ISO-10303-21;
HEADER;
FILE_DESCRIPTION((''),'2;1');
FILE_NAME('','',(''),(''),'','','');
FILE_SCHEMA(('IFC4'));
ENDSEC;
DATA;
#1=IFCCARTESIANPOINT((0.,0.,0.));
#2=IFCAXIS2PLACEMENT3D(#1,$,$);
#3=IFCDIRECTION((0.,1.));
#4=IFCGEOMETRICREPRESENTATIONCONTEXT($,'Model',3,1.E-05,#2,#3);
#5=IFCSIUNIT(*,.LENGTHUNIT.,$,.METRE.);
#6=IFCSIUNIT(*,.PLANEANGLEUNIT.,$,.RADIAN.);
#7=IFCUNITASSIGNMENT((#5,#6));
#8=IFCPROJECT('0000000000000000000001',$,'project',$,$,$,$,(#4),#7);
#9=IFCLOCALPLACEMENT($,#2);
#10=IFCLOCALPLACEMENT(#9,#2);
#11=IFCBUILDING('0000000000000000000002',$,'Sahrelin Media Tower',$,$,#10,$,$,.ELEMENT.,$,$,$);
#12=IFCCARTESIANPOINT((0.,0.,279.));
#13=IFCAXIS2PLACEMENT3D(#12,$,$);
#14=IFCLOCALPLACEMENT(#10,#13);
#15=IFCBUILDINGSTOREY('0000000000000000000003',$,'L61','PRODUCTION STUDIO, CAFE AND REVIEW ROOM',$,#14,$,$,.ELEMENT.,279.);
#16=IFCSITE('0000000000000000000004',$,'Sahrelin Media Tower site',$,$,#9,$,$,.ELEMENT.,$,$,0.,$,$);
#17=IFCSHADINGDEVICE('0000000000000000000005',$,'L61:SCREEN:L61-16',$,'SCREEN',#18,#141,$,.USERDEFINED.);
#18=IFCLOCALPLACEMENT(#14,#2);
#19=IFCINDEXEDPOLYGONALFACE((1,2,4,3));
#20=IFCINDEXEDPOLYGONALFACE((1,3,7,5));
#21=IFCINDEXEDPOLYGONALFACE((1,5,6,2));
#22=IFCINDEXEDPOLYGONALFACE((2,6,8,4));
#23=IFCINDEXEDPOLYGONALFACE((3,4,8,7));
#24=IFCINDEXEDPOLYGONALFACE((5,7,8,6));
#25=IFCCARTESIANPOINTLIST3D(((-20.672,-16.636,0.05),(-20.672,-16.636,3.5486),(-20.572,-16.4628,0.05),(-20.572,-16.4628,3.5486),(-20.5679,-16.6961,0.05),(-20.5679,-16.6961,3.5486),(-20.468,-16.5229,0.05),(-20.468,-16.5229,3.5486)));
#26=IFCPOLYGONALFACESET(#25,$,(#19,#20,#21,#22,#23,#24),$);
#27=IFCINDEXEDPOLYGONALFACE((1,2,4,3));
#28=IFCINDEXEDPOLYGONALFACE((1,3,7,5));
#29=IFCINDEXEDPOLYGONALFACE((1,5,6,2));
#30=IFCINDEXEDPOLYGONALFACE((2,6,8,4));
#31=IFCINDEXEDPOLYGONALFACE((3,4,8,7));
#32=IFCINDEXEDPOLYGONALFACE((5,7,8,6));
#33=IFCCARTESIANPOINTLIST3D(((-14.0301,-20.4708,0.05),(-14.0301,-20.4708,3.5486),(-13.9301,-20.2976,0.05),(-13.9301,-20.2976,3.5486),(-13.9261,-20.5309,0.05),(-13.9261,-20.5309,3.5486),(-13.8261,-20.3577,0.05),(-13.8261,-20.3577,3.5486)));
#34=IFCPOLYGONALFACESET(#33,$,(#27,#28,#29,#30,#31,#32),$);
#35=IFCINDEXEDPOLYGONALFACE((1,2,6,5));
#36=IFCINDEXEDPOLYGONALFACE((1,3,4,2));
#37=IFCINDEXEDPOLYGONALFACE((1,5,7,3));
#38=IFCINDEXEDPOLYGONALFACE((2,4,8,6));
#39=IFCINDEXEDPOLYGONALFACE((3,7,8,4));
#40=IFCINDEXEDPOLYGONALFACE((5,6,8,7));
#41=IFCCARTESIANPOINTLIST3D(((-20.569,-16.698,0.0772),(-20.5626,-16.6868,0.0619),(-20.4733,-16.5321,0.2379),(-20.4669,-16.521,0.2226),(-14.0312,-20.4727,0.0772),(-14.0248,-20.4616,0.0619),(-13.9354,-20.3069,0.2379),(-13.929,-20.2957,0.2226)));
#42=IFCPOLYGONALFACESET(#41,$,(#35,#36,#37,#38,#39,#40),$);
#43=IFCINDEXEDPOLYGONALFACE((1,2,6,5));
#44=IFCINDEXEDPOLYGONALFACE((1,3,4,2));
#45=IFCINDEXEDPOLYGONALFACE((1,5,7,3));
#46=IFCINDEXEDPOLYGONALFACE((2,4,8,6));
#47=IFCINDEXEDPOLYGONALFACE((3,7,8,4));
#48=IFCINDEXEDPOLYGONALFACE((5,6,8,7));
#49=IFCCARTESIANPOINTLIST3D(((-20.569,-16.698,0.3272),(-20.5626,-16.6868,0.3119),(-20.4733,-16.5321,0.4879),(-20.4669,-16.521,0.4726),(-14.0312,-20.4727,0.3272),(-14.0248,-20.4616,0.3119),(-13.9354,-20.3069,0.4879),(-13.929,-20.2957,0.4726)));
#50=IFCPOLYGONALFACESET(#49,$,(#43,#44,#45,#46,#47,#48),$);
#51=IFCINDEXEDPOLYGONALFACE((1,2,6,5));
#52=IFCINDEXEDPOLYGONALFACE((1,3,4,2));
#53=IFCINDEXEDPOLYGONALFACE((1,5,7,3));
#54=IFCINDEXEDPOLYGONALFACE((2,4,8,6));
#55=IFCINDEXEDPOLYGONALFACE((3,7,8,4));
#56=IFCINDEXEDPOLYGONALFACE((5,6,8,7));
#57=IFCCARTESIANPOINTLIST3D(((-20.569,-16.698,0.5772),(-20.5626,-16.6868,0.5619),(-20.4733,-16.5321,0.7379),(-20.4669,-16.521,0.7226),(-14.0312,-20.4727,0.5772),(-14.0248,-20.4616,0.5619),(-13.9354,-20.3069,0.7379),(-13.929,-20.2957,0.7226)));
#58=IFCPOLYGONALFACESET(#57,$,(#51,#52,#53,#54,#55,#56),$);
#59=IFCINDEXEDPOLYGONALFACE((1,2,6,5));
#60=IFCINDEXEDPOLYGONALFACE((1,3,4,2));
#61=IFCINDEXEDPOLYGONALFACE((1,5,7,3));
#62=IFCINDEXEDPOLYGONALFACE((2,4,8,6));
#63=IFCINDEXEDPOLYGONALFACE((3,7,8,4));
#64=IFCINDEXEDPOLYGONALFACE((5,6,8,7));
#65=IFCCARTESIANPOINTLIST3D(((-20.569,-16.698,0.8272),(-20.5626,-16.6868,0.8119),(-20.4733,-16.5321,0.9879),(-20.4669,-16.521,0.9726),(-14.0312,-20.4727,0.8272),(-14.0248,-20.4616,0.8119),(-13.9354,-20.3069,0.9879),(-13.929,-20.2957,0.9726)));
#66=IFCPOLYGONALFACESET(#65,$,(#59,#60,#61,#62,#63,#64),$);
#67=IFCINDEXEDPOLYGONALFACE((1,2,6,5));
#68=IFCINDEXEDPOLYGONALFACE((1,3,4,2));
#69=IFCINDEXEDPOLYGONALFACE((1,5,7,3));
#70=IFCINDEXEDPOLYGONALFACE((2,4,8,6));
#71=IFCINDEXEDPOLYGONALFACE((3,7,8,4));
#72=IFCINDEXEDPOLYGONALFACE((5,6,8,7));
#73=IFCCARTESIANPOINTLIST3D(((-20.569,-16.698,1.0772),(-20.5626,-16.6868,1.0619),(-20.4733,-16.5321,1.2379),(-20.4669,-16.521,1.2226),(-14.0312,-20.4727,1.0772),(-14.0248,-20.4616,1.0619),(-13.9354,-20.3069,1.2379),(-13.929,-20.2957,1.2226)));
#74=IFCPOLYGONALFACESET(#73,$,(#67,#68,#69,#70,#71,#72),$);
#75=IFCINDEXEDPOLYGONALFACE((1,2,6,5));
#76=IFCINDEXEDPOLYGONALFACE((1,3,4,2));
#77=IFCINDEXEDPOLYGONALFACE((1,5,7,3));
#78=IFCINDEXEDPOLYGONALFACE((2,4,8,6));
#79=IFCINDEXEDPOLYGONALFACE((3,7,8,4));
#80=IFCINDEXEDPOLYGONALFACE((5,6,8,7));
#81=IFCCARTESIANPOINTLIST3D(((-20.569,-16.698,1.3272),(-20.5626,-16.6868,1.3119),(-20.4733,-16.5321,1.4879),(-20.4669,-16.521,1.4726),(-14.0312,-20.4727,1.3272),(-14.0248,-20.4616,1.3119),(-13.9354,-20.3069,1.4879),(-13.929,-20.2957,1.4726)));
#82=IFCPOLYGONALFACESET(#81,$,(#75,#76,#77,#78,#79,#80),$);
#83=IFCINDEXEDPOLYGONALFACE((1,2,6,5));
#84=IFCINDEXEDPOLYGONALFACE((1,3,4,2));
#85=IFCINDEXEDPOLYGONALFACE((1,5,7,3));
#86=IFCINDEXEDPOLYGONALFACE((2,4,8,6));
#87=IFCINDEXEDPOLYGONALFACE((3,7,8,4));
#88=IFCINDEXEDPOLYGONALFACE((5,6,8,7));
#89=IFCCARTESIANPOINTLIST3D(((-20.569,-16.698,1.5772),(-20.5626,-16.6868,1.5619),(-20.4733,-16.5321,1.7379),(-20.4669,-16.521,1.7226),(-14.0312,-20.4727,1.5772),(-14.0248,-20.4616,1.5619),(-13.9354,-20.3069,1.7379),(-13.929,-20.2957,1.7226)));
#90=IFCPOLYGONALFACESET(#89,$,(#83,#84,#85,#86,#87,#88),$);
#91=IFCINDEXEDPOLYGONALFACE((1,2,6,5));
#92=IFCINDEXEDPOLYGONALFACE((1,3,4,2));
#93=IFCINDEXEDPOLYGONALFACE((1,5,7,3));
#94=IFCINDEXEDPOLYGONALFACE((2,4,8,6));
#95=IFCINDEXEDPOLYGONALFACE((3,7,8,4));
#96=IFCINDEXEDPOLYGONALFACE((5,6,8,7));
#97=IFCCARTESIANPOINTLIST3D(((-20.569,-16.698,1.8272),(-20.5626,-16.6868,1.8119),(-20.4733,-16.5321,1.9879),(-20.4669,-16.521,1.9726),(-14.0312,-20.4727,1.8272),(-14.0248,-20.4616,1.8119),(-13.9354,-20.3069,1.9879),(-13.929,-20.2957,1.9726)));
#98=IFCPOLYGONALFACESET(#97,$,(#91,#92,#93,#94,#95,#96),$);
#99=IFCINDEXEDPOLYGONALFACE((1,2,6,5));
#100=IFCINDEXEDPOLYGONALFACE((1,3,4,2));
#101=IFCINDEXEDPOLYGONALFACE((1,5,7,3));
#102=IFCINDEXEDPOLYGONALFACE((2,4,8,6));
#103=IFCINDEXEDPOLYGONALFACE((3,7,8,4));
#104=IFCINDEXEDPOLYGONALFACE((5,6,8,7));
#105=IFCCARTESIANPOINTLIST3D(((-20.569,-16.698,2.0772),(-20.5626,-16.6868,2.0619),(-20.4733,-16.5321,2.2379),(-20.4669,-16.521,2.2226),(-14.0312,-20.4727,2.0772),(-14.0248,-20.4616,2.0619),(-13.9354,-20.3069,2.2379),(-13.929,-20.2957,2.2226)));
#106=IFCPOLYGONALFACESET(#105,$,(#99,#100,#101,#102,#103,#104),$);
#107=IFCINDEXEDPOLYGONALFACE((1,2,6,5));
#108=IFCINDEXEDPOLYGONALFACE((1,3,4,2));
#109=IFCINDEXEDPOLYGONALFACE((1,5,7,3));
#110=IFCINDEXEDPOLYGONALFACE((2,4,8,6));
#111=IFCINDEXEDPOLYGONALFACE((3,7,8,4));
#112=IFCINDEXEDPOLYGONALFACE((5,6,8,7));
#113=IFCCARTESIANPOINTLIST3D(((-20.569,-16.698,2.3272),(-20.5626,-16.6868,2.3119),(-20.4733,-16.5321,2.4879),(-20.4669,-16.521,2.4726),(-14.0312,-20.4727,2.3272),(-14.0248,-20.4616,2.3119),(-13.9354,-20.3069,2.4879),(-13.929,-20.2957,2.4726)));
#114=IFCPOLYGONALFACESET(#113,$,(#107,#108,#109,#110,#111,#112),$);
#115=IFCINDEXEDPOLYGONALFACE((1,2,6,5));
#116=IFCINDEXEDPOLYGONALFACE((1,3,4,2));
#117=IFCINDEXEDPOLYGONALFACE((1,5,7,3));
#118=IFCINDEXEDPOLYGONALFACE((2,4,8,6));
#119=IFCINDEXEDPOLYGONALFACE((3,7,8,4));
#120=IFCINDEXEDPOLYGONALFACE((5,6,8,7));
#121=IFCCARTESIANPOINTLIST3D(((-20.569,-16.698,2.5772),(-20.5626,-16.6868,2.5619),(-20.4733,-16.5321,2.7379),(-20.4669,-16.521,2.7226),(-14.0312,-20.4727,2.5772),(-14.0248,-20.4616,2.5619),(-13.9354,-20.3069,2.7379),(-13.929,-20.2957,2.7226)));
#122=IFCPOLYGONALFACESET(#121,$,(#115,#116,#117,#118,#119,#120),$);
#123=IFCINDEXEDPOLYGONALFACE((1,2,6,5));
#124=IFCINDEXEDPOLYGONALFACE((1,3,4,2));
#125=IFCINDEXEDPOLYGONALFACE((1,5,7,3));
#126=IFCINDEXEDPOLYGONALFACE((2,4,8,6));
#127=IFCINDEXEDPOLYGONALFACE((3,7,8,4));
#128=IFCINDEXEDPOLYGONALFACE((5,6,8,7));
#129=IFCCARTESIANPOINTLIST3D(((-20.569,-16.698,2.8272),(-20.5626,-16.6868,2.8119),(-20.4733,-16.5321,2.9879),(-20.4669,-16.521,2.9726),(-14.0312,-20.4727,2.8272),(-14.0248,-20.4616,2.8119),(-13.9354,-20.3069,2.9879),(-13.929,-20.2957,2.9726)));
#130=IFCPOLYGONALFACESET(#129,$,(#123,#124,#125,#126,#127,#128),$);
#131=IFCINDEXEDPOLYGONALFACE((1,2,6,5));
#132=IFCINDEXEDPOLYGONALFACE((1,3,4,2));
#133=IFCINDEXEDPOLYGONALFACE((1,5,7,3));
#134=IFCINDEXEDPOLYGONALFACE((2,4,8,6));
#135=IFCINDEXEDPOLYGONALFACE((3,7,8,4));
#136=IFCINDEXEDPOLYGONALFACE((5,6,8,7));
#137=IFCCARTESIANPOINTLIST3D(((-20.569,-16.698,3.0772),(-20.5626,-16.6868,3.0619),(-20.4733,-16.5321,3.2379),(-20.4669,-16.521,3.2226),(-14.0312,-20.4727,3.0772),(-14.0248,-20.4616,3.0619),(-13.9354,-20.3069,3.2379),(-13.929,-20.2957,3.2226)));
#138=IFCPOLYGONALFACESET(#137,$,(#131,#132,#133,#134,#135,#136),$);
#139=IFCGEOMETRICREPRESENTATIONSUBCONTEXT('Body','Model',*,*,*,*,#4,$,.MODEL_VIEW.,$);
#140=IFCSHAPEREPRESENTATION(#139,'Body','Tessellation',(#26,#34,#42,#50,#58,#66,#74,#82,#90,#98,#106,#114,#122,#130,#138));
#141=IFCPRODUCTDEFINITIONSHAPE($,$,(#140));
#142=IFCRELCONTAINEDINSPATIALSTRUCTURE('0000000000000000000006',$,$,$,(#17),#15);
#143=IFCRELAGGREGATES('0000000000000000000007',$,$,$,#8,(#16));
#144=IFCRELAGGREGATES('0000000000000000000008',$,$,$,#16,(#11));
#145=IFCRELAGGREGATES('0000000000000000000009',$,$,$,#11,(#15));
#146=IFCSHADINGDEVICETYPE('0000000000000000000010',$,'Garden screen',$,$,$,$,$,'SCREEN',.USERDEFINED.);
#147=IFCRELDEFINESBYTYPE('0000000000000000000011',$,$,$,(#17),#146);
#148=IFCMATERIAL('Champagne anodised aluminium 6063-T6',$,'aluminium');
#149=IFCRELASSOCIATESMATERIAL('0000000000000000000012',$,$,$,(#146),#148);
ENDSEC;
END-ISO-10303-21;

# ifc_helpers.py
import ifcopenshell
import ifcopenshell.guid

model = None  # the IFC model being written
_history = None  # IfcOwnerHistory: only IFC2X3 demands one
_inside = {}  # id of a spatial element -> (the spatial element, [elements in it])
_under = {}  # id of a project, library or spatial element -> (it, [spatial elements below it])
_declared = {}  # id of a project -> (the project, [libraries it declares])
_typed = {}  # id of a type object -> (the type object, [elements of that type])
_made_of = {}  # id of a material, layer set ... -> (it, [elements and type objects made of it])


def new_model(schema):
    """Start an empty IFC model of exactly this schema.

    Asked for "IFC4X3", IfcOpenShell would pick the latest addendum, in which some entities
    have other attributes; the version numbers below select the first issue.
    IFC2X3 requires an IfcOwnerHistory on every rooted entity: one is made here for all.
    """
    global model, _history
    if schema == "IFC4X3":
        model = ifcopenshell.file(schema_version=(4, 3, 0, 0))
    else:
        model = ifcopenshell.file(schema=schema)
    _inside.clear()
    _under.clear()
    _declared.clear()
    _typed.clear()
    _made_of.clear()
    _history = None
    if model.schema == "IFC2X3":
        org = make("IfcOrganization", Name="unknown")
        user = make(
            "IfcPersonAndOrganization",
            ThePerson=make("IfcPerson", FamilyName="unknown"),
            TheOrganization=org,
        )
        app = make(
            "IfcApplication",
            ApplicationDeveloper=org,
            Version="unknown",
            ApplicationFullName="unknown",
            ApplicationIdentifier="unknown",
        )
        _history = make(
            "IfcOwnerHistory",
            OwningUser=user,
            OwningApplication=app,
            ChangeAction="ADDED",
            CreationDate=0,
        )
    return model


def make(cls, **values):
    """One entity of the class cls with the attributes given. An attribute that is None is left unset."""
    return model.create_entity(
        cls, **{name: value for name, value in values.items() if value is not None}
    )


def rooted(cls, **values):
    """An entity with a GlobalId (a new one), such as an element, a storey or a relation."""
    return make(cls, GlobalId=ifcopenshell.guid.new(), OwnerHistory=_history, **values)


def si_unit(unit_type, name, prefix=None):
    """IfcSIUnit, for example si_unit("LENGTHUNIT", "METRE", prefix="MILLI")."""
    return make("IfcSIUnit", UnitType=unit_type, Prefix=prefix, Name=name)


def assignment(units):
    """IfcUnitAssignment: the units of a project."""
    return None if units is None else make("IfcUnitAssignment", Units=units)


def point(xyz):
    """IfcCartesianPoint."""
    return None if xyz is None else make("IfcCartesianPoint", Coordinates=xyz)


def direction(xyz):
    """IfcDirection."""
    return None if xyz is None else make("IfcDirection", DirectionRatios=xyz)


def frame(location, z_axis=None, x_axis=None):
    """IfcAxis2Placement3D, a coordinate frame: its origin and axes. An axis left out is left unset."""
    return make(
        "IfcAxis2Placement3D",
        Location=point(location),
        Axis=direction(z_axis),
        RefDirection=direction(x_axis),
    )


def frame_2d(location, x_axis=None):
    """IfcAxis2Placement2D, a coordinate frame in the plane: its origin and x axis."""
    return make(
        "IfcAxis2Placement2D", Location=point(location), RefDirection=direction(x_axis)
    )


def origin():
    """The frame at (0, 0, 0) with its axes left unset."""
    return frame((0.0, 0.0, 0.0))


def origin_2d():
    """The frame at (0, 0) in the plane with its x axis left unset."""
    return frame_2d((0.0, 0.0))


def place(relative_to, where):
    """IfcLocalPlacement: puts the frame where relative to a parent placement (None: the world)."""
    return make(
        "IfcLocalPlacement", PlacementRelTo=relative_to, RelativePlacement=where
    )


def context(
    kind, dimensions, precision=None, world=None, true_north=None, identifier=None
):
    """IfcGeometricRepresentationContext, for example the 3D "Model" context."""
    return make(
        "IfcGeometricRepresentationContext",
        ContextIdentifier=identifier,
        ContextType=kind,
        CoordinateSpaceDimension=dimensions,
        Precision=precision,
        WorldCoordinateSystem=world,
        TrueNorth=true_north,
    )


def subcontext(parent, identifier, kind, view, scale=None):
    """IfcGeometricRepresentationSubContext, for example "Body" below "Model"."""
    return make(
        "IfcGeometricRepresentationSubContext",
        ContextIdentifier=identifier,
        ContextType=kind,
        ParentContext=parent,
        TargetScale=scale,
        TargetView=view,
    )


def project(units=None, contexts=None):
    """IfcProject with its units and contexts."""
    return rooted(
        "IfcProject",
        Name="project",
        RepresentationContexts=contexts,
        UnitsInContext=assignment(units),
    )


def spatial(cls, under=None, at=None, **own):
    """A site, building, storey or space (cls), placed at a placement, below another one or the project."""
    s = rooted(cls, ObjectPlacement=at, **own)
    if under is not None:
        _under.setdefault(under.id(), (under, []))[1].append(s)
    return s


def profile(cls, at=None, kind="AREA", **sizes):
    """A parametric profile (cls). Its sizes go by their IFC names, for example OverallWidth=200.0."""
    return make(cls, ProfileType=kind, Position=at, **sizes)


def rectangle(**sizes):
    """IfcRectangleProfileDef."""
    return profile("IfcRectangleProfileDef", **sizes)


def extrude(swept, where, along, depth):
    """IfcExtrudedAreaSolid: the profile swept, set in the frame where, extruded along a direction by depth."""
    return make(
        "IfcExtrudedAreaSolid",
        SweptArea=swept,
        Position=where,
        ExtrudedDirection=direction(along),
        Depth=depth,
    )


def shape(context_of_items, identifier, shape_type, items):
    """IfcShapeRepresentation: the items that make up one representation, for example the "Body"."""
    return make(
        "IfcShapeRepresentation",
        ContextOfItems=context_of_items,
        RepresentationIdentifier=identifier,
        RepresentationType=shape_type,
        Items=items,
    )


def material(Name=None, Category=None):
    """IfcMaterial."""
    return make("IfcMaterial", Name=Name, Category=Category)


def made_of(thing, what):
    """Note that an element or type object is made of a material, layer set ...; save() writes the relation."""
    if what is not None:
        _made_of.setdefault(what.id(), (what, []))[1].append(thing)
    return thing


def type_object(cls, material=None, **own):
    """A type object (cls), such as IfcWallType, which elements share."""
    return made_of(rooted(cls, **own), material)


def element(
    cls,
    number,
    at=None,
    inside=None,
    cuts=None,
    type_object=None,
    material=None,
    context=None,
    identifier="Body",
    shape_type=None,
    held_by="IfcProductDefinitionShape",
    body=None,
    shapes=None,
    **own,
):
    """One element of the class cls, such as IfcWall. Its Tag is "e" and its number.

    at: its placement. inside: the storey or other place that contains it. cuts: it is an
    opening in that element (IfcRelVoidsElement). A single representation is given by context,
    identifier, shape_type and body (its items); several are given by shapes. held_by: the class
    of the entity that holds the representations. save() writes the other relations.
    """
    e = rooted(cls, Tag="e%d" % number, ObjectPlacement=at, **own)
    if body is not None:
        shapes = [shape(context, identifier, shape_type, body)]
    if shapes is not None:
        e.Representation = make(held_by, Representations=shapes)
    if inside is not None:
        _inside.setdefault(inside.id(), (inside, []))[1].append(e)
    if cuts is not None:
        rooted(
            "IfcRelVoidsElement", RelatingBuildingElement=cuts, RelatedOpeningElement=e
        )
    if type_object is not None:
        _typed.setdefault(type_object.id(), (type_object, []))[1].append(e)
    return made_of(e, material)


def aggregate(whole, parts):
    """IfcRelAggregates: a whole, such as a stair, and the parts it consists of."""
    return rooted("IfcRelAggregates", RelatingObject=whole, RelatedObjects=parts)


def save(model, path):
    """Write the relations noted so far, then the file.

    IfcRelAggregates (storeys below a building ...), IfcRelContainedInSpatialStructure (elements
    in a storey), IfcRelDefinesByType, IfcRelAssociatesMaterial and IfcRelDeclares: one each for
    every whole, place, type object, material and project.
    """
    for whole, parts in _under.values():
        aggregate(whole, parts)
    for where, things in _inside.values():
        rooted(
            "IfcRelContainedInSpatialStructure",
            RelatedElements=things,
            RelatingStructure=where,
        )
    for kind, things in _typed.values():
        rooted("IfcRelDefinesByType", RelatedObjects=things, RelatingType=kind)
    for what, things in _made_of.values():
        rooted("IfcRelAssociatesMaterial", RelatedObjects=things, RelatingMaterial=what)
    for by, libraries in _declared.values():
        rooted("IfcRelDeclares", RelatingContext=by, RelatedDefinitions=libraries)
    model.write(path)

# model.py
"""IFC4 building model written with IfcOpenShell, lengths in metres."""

from ifc_helpers import new_model, si_unit, direction, frame, origin, origin_2d, place, context, subcontext, project, spatial, rectangle, extrude, material, type_object, element, save


model = new_model("IFC4")

# Units and contexts
model_context = context("Model", 3, precision=1e-05, world=origin(), true_north=direction((0.0, 1.0)))
body_context = subcontext(model_context, "Body", "Model", "MODEL_VIEW")
ifc_project = project(units=[si_unit("LENGTHUNIT", "METRE"), si_unit("PLANEANGLEUNIT", "RADIAN")], contexts=[model_context])

# Site, building, storey
site_placement = place(None, origin())
site = spatial("IfcSite", under=ifc_project, at=site_placement, Name="Sahrelin Media Tower site", CompositionType="ELEMENT", RefElevation=0.0)
building_placement = place(site_placement, origin())
building = spatial("IfcBuilding", under=site, at=building_placement, Name="Sahrelin Media Tower", CompositionType="ELEMENT")
storey_placement = place(building_placement, frame((0.0, 0.0, 279.0)))
storey = spatial("IfcBuildingStorey", under=building, at=storey_placement, Name="L61", Description="PRODUCTION STUDIO, CAFE AND REVIEW ROOM", CompositionType="ELEMENT", Elevation=279.0)

# Shared definitions
ifc_material_1 = material(Name="Champagne anodised aluminium 6063-T6", Category="aluminium")

# Shading device
shading_device_type_1 = type_object("IfcShadingDeviceType", Name="Garden screen", ElementType="SCREEN", PredefinedType="USERDEFINED", material=ifc_material_1)
shading_device_1_placement = place(storey_placement, frame((-17.199, -18.4102, 0.0), z_axis=(0.0, 0.0, 1.0), x_axis=(-0.866019, 0.500011, 0.0)))
element("IfcShadingDevice", 1, at=shading_device_1_placement, inside=storey, type_object=shading_device_type_1, Name="L61:SCREEN:L61-16", ObjectType="SCREEN", PredefinedType="USERDEFINED", context=body_context, shape_type="SweptSolid", body=[
    extrude(rectangle(XDim=0.1201, YDim=0.2, at=origin_2d()), frame((3.8347, 0.1001, 0.05), z_axis=(0.0, 0.0, 1.0), x_axis=(1.0, 0.0, 0.0)), (0.0, 0.0, 1.0), 3.4985),
    extrude(rectangle(XDim=0.1201, YDim=0.2, at=origin_2d()), frame((-3.8347, 0.1001, 0.05), z_axis=(0.0, 0.0, 1.0), x_axis=(1.0, 0.0, 0.0)), (0.0, 0.0, 1.0), 3.4985),
    extrude(rectangle(XDim=0.25, YDim=0.02, at=origin_2d()), frame((3.7747, 0.1001, 0.1499), z_axis=(-1.0, 0.0, 0.0), x_axis=(0.0, -0.766044, 0.642788)), (0.0, 0.0, 1.0), 7.5493),
    extrude(rectangle(XDim=0.25, YDim=0.02, at=origin_2d()), frame((3.7747, 0.1001, 0.3999), z_axis=(-1.0, 0.0, 0.0), x_axis=(0.0, -0.766044, 0.642788)), (0.0, 0.0, 1.0), 7.5493),
    extrude(rectangle(XDim=0.25, YDim=0.02, at=origin_2d()), frame((3.7747, 0.1001, 0.6499), z_axis=(-1.0, 0.0, 0.0), x_axis=(0.0, -0.766044, 0.642788)), (0.0, 0.0, 1.0), 7.5493),
    extrude(rectangle(XDim=0.25, YDim=0.02, at=origin_2d()), frame((3.7747, 0.1001, 0.8999), z_axis=(-1.0, 0.0, 0.0), x_axis=(0.0, -0.766044, 0.642788)), (0.0, 0.0, 1.0), 7.5493),
    extrude(rectangle(XDim=0.25, YDim=0.02, at=origin_2d()), frame((3.7747, 0.1001, 1.1499), z_axis=(-1.0, 0.0, 0.0), x_axis=(0.0, -0.766044, 0.642788)), (0.0, 0.0, 1.0), 7.5493),
    extrude(rectangle(XDim=0.25, YDim=0.02, at=origin_2d()), frame((3.7747, 0.1001, 1.3999), z_axis=(-1.0, 0.0, 0.0), x_axis=(0.0, -0.766044, 0.642788)), (0.0, 0.0, 1.0), 7.5493),
    extrude(rectangle(XDim=0.25, YDim=0.02, at=origin_2d()), frame((3.7747, 0.1001, 1.6499), z_axis=(-1.0, 0.0, 0.0), x_axis=(0.0, -0.766044, 0.642788)), (0.0, 0.0, 1.0), 7.5493),
    extrude(rectangle(XDim=0.25, YDim=0.02, at=origin_2d()), frame((3.7747, 0.1001, 1.8999), z_axis=(-1.0, 0.0, 0.0), x_axis=(0.0, -0.766044, 0.642788)), (0.0, 0.0, 1.0), 7.5493),
    extrude(rectangle(XDim=0.25, YDim=0.02, at=origin_2d()), frame((3.7747, 0.1001, 2.1499), z_axis=(-1.0, 0.0, 0.0), x_axis=(0.0, -0.766044, 0.642788)), (0.0, 0.0, 1.0), 7.5493),
    extrude(rectangle(XDim=0.25, YDim=0.02, at=origin_2d()), frame((3.7747, 0.1001, 2.3999), z_axis=(-1.0, 0.0, 0.0), x_axis=(0.0, -0.766044, 0.642788)), (0.0, 0.0, 1.0), 7.5493),
    extrude(rectangle(XDim=0.25, YDim=0.02, at=origin_2d()), frame((3.7747, 0.1001, 2.6499), z_axis=(-1.0, 0.0, 0.0), x_axis=(0.0, -0.766044, 0.642788)), (0.0, 0.0, 1.0), 7.5493),
    extrude(rectangle(XDim=0.25, YDim=0.02, at=origin_2d()), frame((3.7747, 0.1001, 2.8999), z_axis=(-1.0, 0.0, 0.0), x_axis=(0.0, -0.766044, 0.642788)), (0.0, 0.0, 1.0), 7.5493),
    extrude(rectangle(XDim=0.25, YDim=0.02, at=origin_2d()), frame((3.7747, 0.1001, 3.1499), z_axis=(-1.0, 0.0, 0.0), x_axis=(0.0, -0.766044, 0.642788)), (0.0, 0.0, 1.0), 7.5493),
])

save(model, "model.ifc")
